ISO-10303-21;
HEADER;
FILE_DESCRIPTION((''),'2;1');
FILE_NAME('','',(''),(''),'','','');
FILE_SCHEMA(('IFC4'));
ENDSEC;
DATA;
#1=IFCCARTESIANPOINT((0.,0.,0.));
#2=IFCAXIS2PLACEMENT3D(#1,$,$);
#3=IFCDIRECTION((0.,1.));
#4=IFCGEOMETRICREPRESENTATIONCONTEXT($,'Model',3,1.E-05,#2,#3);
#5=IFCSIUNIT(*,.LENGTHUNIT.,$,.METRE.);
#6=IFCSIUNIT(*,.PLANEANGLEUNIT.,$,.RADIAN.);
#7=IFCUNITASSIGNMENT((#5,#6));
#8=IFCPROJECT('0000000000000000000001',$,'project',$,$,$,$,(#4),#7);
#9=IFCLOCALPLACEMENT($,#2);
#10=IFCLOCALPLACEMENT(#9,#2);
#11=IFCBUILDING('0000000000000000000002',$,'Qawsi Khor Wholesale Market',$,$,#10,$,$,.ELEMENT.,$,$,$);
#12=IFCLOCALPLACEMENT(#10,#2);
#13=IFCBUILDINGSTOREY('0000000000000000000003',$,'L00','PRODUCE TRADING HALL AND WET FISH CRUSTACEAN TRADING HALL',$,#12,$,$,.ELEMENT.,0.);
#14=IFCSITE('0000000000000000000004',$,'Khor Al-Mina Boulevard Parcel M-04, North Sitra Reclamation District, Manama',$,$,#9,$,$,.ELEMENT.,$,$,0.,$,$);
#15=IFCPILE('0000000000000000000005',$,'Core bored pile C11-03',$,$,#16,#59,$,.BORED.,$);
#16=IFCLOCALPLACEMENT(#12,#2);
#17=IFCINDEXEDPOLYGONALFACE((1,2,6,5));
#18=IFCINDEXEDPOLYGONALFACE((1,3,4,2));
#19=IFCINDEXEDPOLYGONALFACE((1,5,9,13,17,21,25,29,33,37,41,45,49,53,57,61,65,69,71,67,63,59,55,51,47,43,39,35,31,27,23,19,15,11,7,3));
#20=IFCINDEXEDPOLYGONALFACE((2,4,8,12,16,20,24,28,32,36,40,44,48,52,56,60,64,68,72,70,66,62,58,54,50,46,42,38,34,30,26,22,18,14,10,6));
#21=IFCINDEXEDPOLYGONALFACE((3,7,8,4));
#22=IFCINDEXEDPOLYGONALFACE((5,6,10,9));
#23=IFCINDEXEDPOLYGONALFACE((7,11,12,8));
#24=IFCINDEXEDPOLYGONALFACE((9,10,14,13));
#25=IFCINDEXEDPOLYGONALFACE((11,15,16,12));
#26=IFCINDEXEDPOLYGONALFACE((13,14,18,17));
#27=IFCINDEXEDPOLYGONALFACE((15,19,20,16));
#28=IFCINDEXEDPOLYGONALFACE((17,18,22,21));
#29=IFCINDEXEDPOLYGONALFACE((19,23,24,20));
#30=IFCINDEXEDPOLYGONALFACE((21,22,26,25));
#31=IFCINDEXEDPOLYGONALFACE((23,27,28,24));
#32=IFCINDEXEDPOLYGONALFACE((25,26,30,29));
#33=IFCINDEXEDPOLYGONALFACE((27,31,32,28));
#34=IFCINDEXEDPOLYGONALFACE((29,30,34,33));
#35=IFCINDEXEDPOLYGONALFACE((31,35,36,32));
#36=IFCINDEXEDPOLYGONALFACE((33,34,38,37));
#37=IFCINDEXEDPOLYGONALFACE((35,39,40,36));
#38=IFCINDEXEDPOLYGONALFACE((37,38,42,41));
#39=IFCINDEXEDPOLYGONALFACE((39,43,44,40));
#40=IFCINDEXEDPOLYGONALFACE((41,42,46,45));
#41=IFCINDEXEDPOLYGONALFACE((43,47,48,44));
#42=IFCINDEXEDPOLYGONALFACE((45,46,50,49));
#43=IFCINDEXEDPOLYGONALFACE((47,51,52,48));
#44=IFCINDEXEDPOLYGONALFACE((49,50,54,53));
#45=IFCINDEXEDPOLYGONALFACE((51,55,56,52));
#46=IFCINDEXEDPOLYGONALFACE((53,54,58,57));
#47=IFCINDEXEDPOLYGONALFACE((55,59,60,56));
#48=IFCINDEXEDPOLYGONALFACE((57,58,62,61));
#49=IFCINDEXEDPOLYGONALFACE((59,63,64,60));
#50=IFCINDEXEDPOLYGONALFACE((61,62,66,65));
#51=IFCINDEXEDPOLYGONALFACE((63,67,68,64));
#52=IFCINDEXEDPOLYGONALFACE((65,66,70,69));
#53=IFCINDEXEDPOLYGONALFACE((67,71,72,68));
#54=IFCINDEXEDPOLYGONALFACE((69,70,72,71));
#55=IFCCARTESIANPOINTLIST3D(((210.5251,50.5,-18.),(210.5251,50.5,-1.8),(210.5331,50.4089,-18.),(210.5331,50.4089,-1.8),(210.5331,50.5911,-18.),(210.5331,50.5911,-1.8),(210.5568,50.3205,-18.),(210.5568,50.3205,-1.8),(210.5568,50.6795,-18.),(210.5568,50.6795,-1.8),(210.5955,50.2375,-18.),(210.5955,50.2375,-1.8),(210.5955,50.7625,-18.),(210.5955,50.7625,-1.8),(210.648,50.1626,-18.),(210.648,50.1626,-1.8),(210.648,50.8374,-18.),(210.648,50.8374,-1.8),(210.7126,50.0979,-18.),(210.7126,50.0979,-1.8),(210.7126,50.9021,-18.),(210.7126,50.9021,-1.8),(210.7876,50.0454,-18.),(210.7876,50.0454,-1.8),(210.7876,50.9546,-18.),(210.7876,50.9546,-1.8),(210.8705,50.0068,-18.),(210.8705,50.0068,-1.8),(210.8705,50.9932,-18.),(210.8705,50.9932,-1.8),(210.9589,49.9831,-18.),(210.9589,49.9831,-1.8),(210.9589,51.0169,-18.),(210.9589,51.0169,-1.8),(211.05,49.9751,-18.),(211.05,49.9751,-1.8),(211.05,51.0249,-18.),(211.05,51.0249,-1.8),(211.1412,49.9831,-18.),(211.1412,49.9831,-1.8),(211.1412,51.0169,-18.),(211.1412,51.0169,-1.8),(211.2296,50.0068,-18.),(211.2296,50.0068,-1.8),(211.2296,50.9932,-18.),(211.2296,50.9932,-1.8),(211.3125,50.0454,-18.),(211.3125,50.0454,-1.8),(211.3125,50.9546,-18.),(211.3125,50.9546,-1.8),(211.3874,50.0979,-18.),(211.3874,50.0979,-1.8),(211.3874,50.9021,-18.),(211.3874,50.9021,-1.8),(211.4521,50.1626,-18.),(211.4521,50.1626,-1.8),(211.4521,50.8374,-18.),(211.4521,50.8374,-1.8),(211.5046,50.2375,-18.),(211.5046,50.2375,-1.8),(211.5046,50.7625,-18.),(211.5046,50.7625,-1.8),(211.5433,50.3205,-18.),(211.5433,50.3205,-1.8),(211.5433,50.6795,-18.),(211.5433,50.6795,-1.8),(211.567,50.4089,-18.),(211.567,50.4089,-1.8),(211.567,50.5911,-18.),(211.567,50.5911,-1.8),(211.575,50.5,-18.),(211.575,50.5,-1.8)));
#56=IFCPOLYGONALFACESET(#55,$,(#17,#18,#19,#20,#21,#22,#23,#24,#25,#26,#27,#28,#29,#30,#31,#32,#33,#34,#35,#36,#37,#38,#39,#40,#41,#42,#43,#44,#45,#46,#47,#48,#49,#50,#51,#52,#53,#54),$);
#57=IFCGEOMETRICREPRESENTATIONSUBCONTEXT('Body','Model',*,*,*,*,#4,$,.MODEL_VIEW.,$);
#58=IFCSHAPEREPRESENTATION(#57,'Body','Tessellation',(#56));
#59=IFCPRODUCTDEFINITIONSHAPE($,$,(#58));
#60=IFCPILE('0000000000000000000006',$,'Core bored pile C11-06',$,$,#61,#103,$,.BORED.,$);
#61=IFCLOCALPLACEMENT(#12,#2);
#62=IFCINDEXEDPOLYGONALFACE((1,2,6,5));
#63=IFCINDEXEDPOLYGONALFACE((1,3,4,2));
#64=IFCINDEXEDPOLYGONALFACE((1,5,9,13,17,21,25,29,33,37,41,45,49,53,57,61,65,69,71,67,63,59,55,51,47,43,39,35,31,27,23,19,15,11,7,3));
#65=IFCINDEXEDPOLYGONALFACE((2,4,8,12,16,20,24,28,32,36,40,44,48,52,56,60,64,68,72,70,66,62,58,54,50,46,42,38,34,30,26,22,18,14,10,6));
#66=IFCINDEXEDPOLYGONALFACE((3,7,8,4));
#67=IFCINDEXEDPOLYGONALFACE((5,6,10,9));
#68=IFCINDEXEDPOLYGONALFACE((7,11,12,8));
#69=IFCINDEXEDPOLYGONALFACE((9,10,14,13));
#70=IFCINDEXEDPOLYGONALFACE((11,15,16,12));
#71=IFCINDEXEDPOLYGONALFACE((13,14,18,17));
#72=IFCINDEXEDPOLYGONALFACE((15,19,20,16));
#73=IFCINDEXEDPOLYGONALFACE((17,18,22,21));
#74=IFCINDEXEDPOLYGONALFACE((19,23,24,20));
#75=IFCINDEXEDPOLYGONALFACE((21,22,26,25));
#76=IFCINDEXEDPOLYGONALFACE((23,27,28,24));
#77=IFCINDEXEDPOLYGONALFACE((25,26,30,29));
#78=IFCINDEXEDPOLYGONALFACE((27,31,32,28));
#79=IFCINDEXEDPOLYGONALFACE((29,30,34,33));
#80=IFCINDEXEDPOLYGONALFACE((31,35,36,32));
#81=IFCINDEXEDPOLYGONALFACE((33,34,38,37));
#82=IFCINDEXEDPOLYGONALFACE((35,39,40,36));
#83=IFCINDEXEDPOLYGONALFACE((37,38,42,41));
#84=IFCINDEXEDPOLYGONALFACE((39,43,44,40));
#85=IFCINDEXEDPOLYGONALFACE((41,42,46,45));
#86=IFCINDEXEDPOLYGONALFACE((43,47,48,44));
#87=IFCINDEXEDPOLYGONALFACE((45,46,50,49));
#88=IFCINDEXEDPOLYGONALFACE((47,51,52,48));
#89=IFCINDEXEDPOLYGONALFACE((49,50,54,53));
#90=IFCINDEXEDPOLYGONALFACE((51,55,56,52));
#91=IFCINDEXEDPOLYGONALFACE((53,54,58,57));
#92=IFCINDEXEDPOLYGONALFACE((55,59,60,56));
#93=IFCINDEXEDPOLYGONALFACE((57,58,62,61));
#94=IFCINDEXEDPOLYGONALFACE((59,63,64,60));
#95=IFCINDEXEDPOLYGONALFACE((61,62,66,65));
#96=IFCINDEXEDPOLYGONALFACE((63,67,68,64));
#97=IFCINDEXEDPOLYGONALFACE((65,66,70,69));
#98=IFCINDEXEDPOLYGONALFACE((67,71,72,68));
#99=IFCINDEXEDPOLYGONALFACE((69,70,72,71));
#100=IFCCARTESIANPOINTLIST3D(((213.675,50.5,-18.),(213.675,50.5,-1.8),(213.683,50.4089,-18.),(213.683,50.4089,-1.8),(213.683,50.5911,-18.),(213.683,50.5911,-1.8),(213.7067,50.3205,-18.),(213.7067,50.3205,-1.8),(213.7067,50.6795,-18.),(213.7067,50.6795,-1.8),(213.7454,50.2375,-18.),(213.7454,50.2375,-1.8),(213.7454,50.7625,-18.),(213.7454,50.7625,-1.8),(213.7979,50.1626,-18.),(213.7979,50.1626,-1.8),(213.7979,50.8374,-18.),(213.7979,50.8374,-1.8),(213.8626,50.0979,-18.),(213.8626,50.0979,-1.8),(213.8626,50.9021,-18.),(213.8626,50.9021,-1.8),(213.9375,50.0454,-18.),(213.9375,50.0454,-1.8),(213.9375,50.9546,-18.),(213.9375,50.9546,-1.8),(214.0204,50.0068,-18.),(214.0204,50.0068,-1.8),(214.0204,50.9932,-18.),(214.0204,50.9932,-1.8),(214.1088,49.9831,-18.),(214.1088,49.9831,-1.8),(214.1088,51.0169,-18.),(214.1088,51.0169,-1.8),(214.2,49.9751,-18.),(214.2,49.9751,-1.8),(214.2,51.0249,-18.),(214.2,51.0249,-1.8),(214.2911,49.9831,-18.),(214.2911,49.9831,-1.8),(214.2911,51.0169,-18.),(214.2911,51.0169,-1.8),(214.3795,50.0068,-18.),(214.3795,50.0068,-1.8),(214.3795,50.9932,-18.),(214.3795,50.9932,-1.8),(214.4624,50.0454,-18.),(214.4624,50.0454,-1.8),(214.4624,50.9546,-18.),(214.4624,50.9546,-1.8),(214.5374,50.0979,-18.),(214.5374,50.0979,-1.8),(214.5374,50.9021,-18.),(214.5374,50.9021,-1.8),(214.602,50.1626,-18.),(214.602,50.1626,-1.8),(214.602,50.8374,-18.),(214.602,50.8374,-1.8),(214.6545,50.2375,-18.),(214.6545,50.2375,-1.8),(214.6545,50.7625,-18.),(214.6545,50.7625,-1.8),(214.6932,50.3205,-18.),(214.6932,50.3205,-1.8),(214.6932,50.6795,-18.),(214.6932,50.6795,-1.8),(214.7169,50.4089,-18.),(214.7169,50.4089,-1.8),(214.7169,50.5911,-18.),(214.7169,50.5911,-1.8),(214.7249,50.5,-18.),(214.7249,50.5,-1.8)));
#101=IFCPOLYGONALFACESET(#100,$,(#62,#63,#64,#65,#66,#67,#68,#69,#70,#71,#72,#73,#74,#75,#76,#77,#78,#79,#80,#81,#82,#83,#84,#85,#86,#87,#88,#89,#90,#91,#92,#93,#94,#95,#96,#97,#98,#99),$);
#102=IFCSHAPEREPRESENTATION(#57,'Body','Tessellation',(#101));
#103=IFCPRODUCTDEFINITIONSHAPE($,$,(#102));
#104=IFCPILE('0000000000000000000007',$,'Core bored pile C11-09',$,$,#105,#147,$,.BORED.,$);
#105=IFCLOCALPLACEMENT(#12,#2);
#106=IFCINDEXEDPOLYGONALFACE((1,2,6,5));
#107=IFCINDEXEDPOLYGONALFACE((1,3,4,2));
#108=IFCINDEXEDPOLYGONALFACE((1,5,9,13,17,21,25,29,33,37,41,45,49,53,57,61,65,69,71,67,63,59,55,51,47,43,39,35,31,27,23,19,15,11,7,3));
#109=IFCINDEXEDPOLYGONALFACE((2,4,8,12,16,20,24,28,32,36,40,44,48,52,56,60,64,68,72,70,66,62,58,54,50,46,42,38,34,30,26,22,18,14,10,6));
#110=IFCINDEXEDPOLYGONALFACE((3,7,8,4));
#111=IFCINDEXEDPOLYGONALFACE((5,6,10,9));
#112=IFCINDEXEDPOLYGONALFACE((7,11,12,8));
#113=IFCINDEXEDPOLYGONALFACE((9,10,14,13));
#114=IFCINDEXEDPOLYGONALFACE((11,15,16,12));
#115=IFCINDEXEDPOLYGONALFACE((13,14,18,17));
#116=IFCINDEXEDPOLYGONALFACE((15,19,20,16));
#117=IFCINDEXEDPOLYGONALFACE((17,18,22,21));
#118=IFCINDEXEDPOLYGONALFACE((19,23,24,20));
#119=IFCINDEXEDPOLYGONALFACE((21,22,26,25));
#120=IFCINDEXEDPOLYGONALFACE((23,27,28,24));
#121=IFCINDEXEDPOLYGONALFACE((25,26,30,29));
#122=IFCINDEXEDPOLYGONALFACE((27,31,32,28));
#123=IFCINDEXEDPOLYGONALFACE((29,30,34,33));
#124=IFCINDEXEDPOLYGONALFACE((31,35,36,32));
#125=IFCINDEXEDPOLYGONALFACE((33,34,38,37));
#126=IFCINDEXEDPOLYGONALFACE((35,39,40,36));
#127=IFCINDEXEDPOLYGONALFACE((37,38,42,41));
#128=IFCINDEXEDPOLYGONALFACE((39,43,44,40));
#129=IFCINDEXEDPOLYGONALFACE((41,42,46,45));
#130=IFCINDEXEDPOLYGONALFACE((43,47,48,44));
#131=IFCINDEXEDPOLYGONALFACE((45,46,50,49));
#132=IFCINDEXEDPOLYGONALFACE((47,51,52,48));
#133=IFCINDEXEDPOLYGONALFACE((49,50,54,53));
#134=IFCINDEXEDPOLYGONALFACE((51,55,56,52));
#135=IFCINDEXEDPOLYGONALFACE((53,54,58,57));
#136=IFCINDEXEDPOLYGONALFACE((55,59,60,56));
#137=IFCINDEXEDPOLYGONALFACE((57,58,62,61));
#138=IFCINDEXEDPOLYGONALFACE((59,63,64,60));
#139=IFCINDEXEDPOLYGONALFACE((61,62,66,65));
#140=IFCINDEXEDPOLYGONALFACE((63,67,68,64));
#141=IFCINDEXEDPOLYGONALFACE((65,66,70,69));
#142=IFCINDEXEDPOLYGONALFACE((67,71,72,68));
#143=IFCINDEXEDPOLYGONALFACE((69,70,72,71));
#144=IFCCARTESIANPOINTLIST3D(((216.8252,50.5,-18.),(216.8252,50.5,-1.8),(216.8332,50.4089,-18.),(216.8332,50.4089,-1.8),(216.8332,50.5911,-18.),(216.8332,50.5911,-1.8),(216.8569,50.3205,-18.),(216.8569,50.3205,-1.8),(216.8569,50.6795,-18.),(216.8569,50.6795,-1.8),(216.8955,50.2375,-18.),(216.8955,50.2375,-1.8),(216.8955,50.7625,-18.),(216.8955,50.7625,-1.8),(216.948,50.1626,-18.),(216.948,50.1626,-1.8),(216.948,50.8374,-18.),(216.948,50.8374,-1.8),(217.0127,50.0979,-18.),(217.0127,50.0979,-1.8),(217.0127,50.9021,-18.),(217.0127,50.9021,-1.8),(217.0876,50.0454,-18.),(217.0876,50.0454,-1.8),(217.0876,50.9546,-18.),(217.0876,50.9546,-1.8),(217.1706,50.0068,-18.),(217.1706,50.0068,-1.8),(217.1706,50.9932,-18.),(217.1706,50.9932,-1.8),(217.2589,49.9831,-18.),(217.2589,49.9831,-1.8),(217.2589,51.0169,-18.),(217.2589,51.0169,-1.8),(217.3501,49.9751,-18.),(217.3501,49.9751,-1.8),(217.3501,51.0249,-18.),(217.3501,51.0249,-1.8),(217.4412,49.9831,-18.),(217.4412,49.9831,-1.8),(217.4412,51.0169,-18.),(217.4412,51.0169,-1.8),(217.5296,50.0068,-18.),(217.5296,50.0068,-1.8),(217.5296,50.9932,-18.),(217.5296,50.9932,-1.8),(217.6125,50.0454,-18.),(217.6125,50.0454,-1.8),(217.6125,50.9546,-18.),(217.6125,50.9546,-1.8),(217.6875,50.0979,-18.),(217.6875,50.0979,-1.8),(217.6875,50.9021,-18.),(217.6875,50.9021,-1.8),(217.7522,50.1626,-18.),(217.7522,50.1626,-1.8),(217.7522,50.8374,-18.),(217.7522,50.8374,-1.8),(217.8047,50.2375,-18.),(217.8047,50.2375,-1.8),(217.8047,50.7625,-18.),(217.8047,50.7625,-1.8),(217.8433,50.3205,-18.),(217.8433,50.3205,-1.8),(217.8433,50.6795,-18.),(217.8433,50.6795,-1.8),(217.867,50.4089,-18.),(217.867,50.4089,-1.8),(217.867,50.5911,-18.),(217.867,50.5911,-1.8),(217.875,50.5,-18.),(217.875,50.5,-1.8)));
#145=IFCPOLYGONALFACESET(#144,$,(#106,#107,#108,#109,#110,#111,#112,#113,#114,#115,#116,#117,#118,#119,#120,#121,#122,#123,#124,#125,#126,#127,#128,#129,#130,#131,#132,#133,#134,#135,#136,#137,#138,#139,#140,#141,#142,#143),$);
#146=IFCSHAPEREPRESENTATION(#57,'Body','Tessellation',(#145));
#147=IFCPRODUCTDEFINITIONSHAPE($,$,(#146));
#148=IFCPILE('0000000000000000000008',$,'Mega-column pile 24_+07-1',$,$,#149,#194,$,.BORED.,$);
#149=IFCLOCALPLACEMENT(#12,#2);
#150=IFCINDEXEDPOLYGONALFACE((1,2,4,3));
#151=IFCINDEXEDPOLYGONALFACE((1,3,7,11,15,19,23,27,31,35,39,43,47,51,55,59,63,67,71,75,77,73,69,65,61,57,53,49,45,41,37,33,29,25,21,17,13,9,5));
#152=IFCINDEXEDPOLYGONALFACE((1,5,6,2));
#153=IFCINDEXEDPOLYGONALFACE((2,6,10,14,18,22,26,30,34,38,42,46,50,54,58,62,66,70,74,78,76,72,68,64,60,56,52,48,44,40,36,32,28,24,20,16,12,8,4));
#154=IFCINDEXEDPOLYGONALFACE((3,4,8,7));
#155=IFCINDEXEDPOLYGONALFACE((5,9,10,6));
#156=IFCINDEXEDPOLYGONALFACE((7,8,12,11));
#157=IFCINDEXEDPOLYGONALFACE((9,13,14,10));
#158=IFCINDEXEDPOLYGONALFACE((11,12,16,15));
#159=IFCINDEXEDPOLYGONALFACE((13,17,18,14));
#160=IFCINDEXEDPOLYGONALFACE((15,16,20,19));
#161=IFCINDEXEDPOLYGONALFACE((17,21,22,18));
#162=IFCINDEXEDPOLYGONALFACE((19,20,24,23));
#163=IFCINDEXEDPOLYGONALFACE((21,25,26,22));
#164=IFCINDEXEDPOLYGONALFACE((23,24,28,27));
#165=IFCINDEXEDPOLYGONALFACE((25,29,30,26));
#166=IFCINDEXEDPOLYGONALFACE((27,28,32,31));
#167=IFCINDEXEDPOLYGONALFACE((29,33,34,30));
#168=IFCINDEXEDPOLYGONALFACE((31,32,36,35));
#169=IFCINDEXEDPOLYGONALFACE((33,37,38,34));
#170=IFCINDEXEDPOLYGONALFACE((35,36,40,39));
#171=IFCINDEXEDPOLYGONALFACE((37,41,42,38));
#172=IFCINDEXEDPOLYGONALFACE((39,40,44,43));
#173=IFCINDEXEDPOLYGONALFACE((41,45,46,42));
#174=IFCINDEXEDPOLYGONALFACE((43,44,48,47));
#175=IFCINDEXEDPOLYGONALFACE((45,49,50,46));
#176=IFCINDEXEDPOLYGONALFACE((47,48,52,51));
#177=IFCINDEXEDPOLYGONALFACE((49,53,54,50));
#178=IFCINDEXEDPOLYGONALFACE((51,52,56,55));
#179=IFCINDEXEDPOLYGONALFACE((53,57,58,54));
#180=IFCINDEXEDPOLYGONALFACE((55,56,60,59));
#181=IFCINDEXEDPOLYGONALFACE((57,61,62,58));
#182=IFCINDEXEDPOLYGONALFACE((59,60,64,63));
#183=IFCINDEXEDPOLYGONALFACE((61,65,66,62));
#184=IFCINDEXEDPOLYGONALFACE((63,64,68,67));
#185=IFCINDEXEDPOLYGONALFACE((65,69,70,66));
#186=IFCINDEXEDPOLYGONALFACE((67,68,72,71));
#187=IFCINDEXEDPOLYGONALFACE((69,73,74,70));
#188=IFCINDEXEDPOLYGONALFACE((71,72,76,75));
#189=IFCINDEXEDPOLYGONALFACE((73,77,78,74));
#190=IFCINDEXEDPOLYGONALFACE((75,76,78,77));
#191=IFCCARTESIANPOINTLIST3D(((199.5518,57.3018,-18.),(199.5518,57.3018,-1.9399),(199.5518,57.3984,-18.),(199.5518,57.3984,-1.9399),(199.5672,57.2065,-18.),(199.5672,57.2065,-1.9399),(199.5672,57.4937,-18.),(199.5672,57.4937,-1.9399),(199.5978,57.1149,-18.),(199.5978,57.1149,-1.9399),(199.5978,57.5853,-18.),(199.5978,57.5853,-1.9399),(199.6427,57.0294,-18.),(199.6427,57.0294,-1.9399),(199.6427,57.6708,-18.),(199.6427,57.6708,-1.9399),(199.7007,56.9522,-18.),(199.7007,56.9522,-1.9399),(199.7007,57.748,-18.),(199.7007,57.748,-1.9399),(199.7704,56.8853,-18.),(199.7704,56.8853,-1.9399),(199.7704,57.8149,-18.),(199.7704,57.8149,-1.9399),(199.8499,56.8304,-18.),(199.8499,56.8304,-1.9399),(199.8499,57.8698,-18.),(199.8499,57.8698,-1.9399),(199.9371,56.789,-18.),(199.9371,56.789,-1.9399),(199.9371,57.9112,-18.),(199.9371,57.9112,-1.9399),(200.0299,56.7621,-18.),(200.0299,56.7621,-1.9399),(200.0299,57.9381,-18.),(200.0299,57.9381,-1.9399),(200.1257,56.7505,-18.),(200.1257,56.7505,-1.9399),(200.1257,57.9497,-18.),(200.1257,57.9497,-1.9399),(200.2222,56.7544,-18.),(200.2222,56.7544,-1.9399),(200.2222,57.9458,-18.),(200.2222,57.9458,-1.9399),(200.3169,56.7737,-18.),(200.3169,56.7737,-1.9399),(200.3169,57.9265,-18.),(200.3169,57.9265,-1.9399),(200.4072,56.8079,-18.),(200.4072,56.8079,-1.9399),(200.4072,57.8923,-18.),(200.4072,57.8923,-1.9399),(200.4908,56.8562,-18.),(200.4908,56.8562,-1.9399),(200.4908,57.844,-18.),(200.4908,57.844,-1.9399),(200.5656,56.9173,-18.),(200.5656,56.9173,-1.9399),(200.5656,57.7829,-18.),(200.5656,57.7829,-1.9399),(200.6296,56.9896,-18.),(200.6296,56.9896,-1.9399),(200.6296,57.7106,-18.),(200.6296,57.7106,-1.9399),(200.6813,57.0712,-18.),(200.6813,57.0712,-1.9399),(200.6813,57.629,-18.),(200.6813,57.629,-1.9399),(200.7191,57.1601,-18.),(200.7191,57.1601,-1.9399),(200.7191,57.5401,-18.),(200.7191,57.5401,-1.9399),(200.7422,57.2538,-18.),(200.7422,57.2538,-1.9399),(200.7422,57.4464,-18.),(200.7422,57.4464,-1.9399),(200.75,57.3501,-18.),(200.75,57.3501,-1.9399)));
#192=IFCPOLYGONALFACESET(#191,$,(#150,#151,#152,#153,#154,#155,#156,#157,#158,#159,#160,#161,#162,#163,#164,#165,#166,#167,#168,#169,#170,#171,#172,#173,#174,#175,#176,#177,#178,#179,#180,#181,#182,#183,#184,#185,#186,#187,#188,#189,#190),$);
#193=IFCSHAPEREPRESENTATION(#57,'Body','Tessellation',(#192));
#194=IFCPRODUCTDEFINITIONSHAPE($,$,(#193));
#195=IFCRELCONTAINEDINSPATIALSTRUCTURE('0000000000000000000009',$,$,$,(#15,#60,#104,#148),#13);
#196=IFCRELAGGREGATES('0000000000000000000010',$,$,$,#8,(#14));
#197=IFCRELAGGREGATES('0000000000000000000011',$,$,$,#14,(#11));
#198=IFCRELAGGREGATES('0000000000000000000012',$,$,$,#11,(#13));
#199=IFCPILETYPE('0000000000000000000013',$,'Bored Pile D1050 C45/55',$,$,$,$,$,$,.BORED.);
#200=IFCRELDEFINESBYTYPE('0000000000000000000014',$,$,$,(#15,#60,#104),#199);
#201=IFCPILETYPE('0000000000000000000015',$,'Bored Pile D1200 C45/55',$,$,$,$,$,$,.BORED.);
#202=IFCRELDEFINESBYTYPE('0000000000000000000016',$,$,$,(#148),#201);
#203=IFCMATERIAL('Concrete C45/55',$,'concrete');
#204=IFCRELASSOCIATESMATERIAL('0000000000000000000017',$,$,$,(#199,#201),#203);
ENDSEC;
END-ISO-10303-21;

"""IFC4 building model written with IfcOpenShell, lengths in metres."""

from ifc_helpers import new_model, si_unit, direction, frame, origin, origin_2d, place, context, subcontext, project, spatial, circle, extrude, material, material_profile, profile_set, type_object, element, save


model = new_model("IFC4")

# Units and contexts
model_context = context("Model", 3, precision=1e-05, world=origin(), true_north=direction((0.0, 1.0)))
body_context = subcontext(model_context, "Body", "Model", "MODEL_VIEW")
ifc_project = project(units=[si_unit("LENGTHUNIT", "METRE"), si_unit("PLANEANGLEUNIT", "RADIAN")], contexts=[model_context])

# Site, building, storey
site_placement = place(None, origin())
site = spatial("IfcSite", under=ifc_project, at=site_placement, Name="Khor Al-Mina Boulevard Parcel M-04, North Sitra Reclamation District, Manama", CompositionType="ELEMENT", RefElevation=0.0)
building_placement = place(site_placement, origin())
building = spatial("IfcBuilding", under=site, at=building_placement, Name="Qawsi Khor Wholesale Market", CompositionType="ELEMENT")
storey_placement = place(building_placement, origin())
storey = spatial("IfcBuildingStorey", under=building, at=storey_placement, Name="L00", Description="PRODUCE TRADING HALL AND WET FISH CRUSTACEAN TRADING HALL", CompositionType="ELEMENT", Elevation=0.0)

# Piles
ifc_material_1 = material(Name="Concrete C45/55", Category="concrete")
ifc_material_profile_1 = material_profile(ifc_material_1, circle(Radius=0.5249, at=origin_2d()), Name="PILE D1050")
ifc_profile_set_1 = profile_set([ifc_material_profile_1], Name="Concrete C45/55")
pile_type_1 = type_object("IfcPileType", Name="Bored Pile D1050 C45/55", PredefinedType="BORED", material=ifc_profile_set_1)
for number, where, z_axis, x_axis, name in (
    (1, (211.05, 50.5, -1.8), (0.0, 0.0, -1.0), (1.0, 0.0, 0.0), "Core bored pile C11-03"),
    (2, (214.2, 50.5, -1.8), (0.0, 0.0, -1.0), (1.0, 0.0, 0.0), "Core bored pile C11-06"),
    (3, (217.3501, 50.5, -1.8), (0.0, 0.0, -1.0), (1.0, 0.0, 0.0), "Core bored pile C11-09"),
):
    element("IfcPile", number, at=place(storey_placement, frame(where, z_axis=z_axis, x_axis=x_axis)), inside=storey, type_object=pile_type_1, Name=name, PredefinedType="BORED", context=body_context, shape_type="SweptSolid", body=[
        extrude(circle(Radius=0.5249, at=origin_2d()), origin(), (0.0, 0.0, 1.0), 16.2),
    ])
ifc_material_profile_2 = material_profile(ifc_material_1, circle(Radius=0.6001, at=origin_2d()), Name="PILE D1200")
ifc_profile_set_2 = profile_set([ifc_material_profile_2], Name="Concrete C45/55")
pile_type_2 = type_object("IfcPileType", Name="Bored Pile D1200 C45/55", PredefinedType="BORED", material=ifc_profile_set_2)
for number, where, z_axis, x_axis, name in (
    (4, (200.1499, 57.3501, -1.9399), (0.0, 0.0, -1.0), (1.0, 0.0, 0.0), "Mega-column pile 24_+07-1"),
):
    element("IfcPile", number, at=place(storey_placement, frame(where, z_axis=z_axis, x_axis=x_axis)), inside=storey, type_object=pile_type_2, Name=name, PredefinedType="BORED", context=body_context, shape_type="SweptSolid", body=[
        extrude(circle(Radius=0.6001, at=origin_2d()), origin(), (0.0, 0.0, 1.0), 16.0601),
    ])

save(model, "model.ifc")
